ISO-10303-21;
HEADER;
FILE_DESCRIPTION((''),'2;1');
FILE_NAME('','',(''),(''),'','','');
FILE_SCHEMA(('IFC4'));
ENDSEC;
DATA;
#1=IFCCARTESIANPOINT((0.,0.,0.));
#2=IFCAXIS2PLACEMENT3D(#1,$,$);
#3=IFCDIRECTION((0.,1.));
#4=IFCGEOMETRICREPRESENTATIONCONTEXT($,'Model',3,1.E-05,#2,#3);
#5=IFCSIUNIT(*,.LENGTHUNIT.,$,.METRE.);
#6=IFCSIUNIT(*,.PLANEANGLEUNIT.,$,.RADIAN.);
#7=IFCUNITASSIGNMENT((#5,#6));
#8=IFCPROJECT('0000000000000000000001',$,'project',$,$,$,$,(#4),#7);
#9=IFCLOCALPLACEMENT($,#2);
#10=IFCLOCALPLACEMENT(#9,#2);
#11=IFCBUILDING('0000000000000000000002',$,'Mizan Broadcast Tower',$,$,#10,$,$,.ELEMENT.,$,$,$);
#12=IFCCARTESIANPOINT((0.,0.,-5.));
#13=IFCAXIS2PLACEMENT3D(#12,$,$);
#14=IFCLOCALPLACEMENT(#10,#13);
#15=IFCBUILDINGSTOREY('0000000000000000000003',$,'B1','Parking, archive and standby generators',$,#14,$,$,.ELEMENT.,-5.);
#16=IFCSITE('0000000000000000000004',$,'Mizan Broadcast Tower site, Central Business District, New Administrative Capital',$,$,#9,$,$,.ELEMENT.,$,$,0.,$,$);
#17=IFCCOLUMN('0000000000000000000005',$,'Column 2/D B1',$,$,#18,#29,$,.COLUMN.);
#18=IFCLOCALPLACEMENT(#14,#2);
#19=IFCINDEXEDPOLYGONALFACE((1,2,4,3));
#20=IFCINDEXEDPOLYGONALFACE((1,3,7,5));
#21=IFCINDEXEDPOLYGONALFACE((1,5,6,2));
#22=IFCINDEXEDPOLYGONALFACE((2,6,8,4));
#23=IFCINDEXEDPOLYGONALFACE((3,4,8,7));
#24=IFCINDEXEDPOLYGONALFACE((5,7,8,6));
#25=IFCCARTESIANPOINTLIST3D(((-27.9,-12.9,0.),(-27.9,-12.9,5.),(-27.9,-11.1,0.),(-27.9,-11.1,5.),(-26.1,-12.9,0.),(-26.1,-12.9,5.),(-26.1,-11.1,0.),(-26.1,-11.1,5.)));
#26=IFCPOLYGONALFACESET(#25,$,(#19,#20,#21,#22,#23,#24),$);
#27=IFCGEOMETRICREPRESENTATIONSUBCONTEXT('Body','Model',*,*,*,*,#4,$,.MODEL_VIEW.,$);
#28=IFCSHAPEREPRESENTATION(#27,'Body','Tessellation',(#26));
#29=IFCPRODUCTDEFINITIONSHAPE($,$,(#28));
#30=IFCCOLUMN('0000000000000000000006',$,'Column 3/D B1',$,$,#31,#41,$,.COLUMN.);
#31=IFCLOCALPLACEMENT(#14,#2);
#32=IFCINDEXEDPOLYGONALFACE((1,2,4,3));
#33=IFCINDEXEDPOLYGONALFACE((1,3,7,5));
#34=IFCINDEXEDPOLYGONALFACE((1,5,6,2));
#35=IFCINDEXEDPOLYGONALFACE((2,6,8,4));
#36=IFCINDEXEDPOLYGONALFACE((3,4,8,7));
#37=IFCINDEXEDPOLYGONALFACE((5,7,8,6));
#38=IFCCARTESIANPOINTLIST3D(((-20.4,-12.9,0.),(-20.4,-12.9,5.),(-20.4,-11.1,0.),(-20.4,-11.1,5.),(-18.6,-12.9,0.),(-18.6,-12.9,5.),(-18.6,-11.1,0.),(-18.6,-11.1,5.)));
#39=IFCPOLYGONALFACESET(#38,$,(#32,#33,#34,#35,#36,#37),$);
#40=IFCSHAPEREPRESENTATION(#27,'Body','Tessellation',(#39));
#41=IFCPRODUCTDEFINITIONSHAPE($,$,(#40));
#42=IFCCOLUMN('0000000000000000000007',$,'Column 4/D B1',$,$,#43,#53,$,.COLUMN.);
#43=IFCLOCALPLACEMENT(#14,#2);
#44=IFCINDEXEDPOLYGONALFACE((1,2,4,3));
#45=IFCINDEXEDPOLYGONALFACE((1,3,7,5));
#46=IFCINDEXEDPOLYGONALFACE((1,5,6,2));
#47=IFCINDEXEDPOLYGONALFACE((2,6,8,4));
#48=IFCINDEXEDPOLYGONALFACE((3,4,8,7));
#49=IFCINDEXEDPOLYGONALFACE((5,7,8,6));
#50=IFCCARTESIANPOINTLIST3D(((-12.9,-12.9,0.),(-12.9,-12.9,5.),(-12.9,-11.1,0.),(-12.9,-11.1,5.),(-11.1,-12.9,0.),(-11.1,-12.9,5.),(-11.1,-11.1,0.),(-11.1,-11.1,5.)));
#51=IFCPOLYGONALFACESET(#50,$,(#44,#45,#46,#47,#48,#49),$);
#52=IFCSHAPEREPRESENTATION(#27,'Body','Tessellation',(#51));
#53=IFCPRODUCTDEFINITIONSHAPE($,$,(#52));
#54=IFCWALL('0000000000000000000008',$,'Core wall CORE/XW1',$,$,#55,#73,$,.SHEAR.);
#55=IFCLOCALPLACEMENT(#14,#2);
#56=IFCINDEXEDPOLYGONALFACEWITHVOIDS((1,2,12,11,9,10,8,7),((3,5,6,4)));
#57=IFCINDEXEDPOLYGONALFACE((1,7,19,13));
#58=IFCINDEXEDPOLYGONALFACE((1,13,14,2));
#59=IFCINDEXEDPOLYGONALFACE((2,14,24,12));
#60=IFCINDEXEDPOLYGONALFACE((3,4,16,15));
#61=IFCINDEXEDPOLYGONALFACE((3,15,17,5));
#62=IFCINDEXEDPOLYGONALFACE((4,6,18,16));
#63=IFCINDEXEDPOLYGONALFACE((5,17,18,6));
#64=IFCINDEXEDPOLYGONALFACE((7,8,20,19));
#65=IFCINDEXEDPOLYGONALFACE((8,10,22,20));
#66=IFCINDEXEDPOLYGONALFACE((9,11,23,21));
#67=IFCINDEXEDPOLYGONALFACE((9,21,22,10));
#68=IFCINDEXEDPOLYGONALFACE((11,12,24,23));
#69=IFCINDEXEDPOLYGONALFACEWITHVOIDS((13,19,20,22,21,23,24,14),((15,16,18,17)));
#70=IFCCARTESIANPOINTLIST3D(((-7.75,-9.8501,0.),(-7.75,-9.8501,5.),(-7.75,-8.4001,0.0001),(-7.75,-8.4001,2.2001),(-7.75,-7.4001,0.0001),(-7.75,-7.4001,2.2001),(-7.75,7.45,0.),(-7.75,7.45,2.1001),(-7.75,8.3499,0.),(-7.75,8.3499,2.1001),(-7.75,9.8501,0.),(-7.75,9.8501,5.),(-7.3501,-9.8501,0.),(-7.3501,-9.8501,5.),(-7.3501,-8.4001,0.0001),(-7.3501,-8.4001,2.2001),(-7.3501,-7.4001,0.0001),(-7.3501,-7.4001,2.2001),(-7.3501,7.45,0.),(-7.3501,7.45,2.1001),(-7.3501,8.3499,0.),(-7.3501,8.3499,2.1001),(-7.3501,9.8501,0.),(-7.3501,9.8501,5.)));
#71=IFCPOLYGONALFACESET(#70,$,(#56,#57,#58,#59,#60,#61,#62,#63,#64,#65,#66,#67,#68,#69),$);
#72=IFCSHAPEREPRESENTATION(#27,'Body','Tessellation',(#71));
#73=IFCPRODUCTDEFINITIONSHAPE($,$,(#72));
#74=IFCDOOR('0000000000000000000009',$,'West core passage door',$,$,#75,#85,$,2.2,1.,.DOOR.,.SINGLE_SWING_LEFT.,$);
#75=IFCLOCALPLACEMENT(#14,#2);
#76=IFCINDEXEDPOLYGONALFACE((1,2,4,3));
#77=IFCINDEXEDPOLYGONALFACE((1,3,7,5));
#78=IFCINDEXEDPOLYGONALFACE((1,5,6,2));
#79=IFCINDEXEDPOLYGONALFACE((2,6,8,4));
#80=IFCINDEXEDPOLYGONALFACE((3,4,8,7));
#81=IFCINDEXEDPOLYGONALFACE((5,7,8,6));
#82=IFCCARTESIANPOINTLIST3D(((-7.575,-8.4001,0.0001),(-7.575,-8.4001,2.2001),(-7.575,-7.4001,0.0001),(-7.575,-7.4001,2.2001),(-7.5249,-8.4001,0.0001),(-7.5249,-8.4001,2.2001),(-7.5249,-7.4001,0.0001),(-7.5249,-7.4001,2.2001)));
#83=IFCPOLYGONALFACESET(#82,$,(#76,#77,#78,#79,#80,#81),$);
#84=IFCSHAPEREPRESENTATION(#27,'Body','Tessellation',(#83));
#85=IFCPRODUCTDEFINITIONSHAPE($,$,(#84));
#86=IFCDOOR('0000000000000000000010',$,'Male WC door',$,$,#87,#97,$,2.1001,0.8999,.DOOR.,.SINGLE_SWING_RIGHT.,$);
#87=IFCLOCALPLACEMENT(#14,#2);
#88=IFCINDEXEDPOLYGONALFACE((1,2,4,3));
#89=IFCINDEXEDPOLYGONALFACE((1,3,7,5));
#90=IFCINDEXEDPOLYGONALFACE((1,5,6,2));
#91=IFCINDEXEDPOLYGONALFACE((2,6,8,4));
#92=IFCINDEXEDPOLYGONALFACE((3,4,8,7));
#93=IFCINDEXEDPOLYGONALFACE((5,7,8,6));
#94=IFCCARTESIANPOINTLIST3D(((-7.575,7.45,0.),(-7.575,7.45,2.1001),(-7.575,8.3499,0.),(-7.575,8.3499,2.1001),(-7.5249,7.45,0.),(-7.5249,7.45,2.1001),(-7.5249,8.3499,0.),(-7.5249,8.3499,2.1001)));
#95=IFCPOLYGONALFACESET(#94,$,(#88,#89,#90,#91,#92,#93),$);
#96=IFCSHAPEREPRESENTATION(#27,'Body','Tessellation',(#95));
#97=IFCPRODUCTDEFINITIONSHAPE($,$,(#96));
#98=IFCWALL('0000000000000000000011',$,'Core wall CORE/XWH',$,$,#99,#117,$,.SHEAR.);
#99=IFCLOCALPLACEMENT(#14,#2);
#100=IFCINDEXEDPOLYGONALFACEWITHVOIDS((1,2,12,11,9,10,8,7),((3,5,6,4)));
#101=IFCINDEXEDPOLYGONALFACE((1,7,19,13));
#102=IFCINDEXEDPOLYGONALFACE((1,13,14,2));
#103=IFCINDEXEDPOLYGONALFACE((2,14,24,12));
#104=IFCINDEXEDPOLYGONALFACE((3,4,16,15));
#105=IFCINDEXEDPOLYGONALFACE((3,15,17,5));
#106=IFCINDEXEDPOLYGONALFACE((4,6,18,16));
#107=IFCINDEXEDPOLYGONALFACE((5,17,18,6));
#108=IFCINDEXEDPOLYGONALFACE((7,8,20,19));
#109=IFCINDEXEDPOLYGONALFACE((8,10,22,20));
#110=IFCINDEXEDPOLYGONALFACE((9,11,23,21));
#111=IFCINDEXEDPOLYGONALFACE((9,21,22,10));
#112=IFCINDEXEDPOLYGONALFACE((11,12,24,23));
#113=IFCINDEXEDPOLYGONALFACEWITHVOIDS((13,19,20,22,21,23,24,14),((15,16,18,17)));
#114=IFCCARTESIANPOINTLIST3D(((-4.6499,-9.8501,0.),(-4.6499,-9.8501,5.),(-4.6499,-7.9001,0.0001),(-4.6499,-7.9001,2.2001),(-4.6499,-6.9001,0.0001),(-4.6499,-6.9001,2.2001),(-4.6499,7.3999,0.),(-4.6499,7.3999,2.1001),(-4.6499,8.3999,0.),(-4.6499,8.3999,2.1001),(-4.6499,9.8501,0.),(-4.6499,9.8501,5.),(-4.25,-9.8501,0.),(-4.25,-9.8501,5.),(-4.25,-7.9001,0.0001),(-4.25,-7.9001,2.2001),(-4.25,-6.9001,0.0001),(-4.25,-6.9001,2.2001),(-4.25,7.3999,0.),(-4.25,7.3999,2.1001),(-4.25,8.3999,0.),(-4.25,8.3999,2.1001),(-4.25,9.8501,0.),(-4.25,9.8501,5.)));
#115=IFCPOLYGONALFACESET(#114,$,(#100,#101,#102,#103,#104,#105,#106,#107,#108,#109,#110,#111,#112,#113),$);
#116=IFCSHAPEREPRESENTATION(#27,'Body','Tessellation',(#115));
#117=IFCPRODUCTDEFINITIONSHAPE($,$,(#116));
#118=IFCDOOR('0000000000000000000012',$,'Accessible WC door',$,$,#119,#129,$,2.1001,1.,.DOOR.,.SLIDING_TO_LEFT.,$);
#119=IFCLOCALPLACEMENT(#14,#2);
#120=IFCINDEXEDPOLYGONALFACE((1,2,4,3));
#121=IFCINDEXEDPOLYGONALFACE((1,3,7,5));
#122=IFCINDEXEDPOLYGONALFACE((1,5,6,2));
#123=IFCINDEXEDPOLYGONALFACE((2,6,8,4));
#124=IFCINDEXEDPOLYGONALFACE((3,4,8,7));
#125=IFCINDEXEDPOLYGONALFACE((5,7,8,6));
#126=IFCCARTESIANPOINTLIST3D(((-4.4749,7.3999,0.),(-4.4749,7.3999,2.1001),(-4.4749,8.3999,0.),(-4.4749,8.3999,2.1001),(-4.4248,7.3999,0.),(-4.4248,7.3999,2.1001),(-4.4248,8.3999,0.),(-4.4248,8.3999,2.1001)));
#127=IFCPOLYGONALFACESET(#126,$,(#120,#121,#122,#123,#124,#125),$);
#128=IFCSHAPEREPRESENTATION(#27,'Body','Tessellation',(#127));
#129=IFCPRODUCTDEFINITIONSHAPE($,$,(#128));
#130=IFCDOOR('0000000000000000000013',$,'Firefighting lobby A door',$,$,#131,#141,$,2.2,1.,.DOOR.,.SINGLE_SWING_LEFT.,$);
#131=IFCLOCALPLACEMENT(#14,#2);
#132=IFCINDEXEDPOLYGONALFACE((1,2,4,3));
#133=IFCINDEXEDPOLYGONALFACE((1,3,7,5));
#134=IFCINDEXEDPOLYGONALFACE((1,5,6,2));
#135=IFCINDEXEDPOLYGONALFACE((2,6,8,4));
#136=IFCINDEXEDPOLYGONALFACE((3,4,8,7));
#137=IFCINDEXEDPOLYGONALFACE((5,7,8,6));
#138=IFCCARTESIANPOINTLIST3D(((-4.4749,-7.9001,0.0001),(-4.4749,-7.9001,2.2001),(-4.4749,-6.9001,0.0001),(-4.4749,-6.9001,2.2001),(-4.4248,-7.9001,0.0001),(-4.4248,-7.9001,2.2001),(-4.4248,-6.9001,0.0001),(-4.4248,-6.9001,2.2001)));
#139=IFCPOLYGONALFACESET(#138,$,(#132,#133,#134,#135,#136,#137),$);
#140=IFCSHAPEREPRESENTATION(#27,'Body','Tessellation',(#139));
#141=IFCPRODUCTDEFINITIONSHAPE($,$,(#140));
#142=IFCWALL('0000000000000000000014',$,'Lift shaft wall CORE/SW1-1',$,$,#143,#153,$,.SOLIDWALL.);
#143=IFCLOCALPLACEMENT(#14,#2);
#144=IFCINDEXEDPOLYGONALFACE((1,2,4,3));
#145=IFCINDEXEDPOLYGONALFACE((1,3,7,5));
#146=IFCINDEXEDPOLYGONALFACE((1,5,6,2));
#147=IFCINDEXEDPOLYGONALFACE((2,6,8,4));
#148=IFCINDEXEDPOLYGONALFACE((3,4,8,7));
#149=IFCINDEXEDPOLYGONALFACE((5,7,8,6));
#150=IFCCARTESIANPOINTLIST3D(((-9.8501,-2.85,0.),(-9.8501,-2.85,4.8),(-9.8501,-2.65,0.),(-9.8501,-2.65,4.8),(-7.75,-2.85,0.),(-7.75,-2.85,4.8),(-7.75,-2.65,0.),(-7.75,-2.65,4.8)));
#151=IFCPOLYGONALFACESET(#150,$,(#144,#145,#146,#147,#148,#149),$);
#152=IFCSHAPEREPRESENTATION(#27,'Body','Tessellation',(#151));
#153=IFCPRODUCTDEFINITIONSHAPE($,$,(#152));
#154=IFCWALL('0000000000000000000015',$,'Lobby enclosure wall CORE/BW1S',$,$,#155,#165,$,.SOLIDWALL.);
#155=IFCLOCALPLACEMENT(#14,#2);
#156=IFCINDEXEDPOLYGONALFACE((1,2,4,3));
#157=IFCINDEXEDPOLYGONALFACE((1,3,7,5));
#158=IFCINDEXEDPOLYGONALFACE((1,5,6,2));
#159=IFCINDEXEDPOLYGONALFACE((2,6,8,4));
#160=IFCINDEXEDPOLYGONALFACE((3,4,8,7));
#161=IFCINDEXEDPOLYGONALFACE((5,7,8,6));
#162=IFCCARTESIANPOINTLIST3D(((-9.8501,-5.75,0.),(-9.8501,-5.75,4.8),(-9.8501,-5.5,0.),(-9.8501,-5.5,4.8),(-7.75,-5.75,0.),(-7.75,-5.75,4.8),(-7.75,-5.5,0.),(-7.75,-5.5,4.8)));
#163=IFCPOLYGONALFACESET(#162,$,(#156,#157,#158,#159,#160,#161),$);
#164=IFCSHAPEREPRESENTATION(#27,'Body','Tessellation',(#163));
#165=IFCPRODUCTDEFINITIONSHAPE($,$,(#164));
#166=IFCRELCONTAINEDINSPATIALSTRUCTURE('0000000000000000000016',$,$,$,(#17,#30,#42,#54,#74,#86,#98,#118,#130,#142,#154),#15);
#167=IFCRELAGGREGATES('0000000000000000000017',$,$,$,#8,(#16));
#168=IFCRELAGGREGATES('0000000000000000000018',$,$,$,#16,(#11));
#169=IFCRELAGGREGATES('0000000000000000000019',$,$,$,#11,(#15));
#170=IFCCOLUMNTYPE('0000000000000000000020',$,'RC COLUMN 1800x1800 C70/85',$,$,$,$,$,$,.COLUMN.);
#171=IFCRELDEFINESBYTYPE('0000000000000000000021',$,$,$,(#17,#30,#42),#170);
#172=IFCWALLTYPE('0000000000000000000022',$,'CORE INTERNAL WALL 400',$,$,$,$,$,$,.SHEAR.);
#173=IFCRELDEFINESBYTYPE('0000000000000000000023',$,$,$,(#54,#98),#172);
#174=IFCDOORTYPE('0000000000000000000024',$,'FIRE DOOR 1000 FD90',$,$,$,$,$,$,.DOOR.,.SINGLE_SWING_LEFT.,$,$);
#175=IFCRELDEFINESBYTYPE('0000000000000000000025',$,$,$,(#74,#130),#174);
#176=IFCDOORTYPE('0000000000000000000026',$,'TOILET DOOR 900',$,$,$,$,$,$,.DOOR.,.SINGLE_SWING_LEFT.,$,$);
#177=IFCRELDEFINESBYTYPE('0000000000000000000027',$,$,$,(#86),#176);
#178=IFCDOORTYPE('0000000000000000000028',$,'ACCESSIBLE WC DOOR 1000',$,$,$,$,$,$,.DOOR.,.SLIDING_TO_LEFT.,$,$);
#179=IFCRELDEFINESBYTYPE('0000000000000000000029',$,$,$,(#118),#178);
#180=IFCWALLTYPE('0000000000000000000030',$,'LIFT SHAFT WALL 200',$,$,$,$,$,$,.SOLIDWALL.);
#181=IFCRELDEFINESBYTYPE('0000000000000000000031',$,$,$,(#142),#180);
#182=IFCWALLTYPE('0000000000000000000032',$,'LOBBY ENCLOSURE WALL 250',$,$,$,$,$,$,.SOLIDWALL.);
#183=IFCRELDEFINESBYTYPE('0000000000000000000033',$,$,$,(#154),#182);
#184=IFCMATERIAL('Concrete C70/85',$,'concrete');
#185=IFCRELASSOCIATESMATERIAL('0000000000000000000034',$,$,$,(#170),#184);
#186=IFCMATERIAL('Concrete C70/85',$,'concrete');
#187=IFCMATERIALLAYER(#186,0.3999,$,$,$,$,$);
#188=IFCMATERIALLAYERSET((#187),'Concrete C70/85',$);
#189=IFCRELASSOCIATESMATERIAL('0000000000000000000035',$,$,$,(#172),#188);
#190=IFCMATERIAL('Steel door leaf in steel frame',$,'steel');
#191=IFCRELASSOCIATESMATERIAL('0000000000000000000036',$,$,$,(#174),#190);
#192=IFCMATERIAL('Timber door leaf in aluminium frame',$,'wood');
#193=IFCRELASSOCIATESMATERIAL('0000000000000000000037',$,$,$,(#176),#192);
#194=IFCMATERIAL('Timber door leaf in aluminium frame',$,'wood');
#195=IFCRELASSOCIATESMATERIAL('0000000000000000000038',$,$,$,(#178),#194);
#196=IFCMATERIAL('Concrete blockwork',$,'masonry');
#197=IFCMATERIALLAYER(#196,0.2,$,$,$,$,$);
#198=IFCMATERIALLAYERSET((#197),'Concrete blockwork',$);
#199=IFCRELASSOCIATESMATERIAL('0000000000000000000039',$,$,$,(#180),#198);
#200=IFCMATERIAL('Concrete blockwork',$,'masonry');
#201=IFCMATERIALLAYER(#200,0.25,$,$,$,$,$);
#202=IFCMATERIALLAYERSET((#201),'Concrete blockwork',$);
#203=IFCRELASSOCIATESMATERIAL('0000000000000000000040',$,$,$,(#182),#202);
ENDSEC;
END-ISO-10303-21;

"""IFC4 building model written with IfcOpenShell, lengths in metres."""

from ifc_helpers import new_model, si_unit, direction, frame, frame_2d, origin, origin_2d, place, context, subcontext, project, spatial, rectangle, extrude, material, layer, layer_set, material_profile, profile_set, type_object, element, fill, save


model = new_model("IFC4")

# Units and contexts
model_context = context("Model", 3, precision=1e-05, world=origin(), true_north=direction((0.0, 1.0)))
body_context = subcontext(model_context, "Body", "Model", "MODEL_VIEW")
ifc_project = project(units=[si_unit("LENGTHUNIT", "METRE"), si_unit("PLANEANGLEUNIT", "RADIAN")], contexts=[model_context])

# Site, building, storey
site_placement = place(None, origin())
site = spatial("IfcSite", under=ifc_project, at=site_placement, Name="Mizan Broadcast Tower site, Central Business District, New Administrative Capital", CompositionType="ELEMENT", RefElevation=0.0)
building_placement = place(site_placement, origin())
building = spatial("IfcBuilding", under=site, at=building_placement, Name="Mizan Broadcast Tower", CompositionType="ELEMENT")
storey_placement = place(building_placement, frame((0.0, 0.0, -5.0)))
storey = spatial("IfcBuildingStorey", under=building, at=storey_placement, Name="B1", Description="Parking, archive and standby generators", CompositionType="ELEMENT", Elevation=-5.0)

# Columns
ifc_material_1 = material(Name="Concrete C70/85", Category="concrete")
ifc_material_profile = material_profile(ifc_material_1, rectangle(XDim=1.8, YDim=1.8, at=origin_2d()), Name="RC 1800x1800")
ifc_profile_set = profile_set([ifc_material_profile], Name="Concrete C70/85")
column_type = type_object("IfcColumnType", Name="RC COLUMN 1800x1800 C70/85", PredefinedType="COLUMN", material=ifc_profile_set)
for number, where, z_axis, x_axis, name in (
    (1, (-27.0, -12.0, 0.0), (0.0, 0.0, 1.0), (1.0, 0.0, 0.0), "Column 2/D B1"),
    (2, (-19.5, -12.0, 0.0), (0.0, 0.0, 1.0), (1.0, 0.0, 0.0), "Column 3/D B1"),
    (3, (-12.0, -12.0, 0.0), (0.0, 0.0, 1.0), (1.0, 0.0, 0.0), "Column 4/D B1"),
):
    element("IfcColumn", number, at=place(storey_placement, frame(where, z_axis=z_axis, x_axis=x_axis)), inside=storey, type_object=column_type, Name=name, PredefinedType="COLUMN", context=body_context, shape_type="SweptSolid", body=[
        extrude(rectangle(XDim=1.8, YDim=1.8, at=origin_2d()), origin(), (0.0, 0.0, 1.0), 5.0),
    ])

# Walls, openings, doors
ifc_material_2 = material(Name="Concrete C70/85", Category="concrete")
ifc_layer_1 = layer(ifc_material_2, 0.3999)
ifc_layer_set_1 = layer_set([ifc_layer_1], Name="Concrete C70/85")
wall_type_1 = type_object("IfcWallType", Name="CORE INTERNAL WALL 400", PredefinedType="SHEAR", material=ifc_layer_set_1)
wall_1_placement = place(storey_placement, frame((-7.55, -9.8501, 0.0), z_axis=(0.0, 0.0, 1.0), x_axis=(0.0, 1.0, 0.0)))
wall_1 = element("IfcWall", 4, at=wall_1_placement, inside=storey, type_object=wall_type_1, Name="Core wall CORE/XW1", PredefinedType="SHEAR", context=body_context, shape_type="SweptSolid", body=[
    extrude(rectangle(XDim=19.7002, YDim=0.3999, at=frame_2d((9.8501, 0.0))), origin(), (0.0, 0.0, 1.0), 5.0),
])
opening_1_placement = place(wall_1_placement, frame((1.45, 0.0, 0.0)))
opening_1 = element("IfcOpeningElement", 5, at=opening_1_placement, cuts=wall_1, PredefinedType="OPENING", context=body_context, shape_type="SweptSolid", body=[
    extrude(rectangle(XDim=1.0, YDim=2.2, at=frame_2d((0.5, 1.1001))), frame((0.0, 0.21, 0.0), z_axis=(0.0, -1.0, 0.0), x_axis=(1.0, 0.0, 0.0)), (0.0, 0.0, 1.0), 0.4199),
])
opening_2_placement = place(wall_1_placement, frame((17.3, 0.0, 0.0)))
opening_2 = element("IfcOpeningElement", 6, at=opening_2_placement, cuts=wall_1, PredefinedType="OPENING", context=body_context, shape_type="SweptSolid", body=[
    extrude(rectangle(XDim=0.8999, YDim=2.1001, at=frame_2d((0.45, 1.05))), frame((0.0, 0.21, 0.0), z_axis=(0.0, -1.0, 0.0), x_axis=(1.0, 0.0, 0.0)), (0.0, 0.0, 1.0), 0.4199),
])
ifc_material_3 = material(Name="Steel door leaf in steel frame", Category="steel")
door_type_1 = type_object("IfcDoorType", Name="FIRE DOOR 1000 FD90", OperationType="SINGLE_SWING_LEFT", PredefinedType="DOOR", material=ifc_material_3)
door_1_placement = place(opening_1_placement, origin())
door_1 = element("IfcDoor", 7, at=door_1_placement, inside=storey, type_object=door_type_1, Name="West core passage door", OperationType="SINGLE_SWING_LEFT", OverallHeight=2.2, OverallWidth=1.0, PredefinedType="DOOR", context=body_context, shape_type="SweptSolid", body=[
    extrude(rectangle(XDim=1.0, YDim=2.2, at=frame_2d((0.5, 1.1001))), frame((0.0, 0.0249, 0.0), z_axis=(0.0, -1.0, 0.0), x_axis=(1.0, 0.0, 0.0)), (0.0, 0.0, 1.0), 0.05),
])
fill(opening_1, door_1)
ifc_material_4 = material(Name="Timber door leaf in aluminium frame", Category="wood")
door_type_2 = type_object("IfcDoorType", Name="TOILET DOOR 900", OperationType="SINGLE_SWING_LEFT", PredefinedType="DOOR", material=ifc_material_4)
door_2_placement = place(opening_2_placement, origin())
door_2 = element("IfcDoor", 8, at=door_2_placement, inside=storey, type_object=door_type_2, Name="Male WC door", OperationType="SINGLE_SWING_RIGHT", OverallHeight=2.1001, OverallWidth=0.8999, PredefinedType="DOOR", context=body_context, shape_type="SweptSolid", body=[
    extrude(rectangle(XDim=0.8999, YDim=2.1001, at=frame_2d((0.45, 1.05))), frame((0.0, 0.0249, 0.0), z_axis=(0.0, -1.0, 0.0), x_axis=(1.0, 0.0, 0.0)), (0.0, 0.0, 1.0), 0.05),
])
fill(opening_2, door_2)
wall_2_placement = place(storey_placement, frame((-4.45, -9.8501, 0.0), z_axis=(0.0, 0.0, 1.0), x_axis=(0.0, 1.0, 0.0)))
wall_2 = element("IfcWall", 9, at=wall_2_placement, inside=storey, type_object=wall_type_1, Name="Core wall CORE/XWH", PredefinedType="SHEAR", context=body_context, shape_type="SweptSolid", body=[
    extrude(rectangle(XDim=19.7002, YDim=0.3999, at=frame_2d((9.8501, 0.0))), origin(), (0.0, 0.0, 1.0), 5.0),
])
opening_3_placement = place(wall_2_placement, frame((1.95, 0.0, 0.0)))
opening_3 = element("IfcOpeningElement", 10, at=opening_3_placement, cuts=wall_2, PredefinedType="OPENING", context=body_context, shape_type="SweptSolid", body=[
    extrude(rectangle(XDim=1.0, YDim=2.2, at=frame_2d((0.5, 1.1001))), frame((0.0, 0.21, 0.0), z_axis=(0.0, -1.0, 0.0), x_axis=(1.0, 0.0, 0.0)), (0.0, 0.0, 1.0), 0.4199),
])
opening_4_placement = place(wall_2_placement, frame((17.25, 0.0, 0.0)))
opening_4 = element("IfcOpeningElement", 11, at=opening_4_placement, cuts=wall_2, PredefinedType="OPENING", context=body_context, shape_type="SweptSolid", body=[
    extrude(rectangle(XDim=1.0, YDim=2.1001, at=frame_2d((0.5, 1.05))), frame((0.0, 0.21, 0.0), z_axis=(0.0, -1.0, 0.0), x_axis=(1.0, 0.0, 0.0)), (0.0, 0.0, 1.0), 0.4199),
])
ifc_material_5 = material(Name="Timber door leaf in aluminium frame", Category="wood")
door_type_3 = type_object("IfcDoorType", Name="ACCESSIBLE WC DOOR 1000", OperationType="SLIDING_TO_LEFT", PredefinedType="DOOR", material=ifc_material_5)
door_3_placement = place(opening_4_placement, origin())
door_3 = element("IfcDoor", 12, at=door_3_placement, inside=storey, type_object=door_type_3, Name="Accessible WC door", OperationType="SLIDING_TO_LEFT", OverallHeight=2.1001, OverallWidth=1.0, PredefinedType="DOOR", context=body_context, shape_type="SweptSolid", body=[
    extrude(rectangle(XDim=1.0, YDim=2.1001, at=frame_2d((0.5, 1.05))), frame((0.0, 0.0249, 0.0), z_axis=(0.0, -1.0, 0.0), x_axis=(1.0, 0.0, 0.0)), (0.0, 0.0, 1.0), 0.05),
])
fill(opening_4, door_3)
door_4_placement = place(opening_3_placement, origin())
door_4 = element("IfcDoor", 13, at=door_4_placement, inside=storey, type_object=door_type_1, Name="Firefighting lobby A door", OperationType="SINGLE_SWING_LEFT", OverallHeight=2.2, OverallWidth=1.0, PredefinedType="DOOR", context=body_context, shape_type="SweptSolid", body=[
    extrude(rectangle(XDim=1.0, YDim=2.2, at=frame_2d((0.5, 1.1001))), frame((0.0, 0.0249, 0.0), z_axis=(0.0, -1.0, 0.0), x_axis=(1.0, 0.0, 0.0)), (0.0, 0.0, 1.0), 0.05),
])
fill(opening_3, door_4)

# Walls
ifc_material_6 = material(Name="Concrete blockwork", Category="masonry")
ifc_layer_2 = layer(ifc_material_6, 0.2)
ifc_layer_set_2 = layer_set([ifc_layer_2], Name="Concrete blockwork")
wall_type_2 = type_object("IfcWallType", Name="LIFT SHAFT WALL 200", PredefinedType="SOLIDWALL", material=ifc_layer_set_2)
wall_3_placement = place(storey_placement, frame((-9.8501, -2.75, 0.0), z_axis=(0.0, 0.0, 1.0), x_axis=(1.0, 0.0, 0.0)))
element("IfcWall", 14, at=wall_3_placement, inside=storey, type_object=wall_type_2, Name="Lift shaft wall CORE/SW1-1", PredefinedType="SOLIDWALL", context=body_context, shape_type="SweptSolid", body=[
    extrude(rectangle(XDim=2.1001, YDim=0.2, at=frame_2d((1.05, 0.0))), origin(), (0.0, 0.0, 1.0), 4.8),
])
ifc_material_7 = material(Name="Concrete blockwork", Category="masonry")
ifc_layer_3 = layer(ifc_material_7, 0.25)
ifc_layer_set_3 = layer_set([ifc_layer_3], Name="Concrete blockwork")
wall_type_3 = type_object("IfcWallType", Name="LOBBY ENCLOSURE WALL 250", PredefinedType="SOLIDWALL", material=ifc_layer_set_3)
wall_4_placement = place(storey_placement, frame((-9.8501, -5.625, 0.0), z_axis=(0.0, 0.0, 1.0), x_axis=(1.0, 0.0, 0.0)))
element("IfcWall", 15, at=wall_4_placement, inside=storey, type_object=wall_type_3, Name="Lobby enclosure wall CORE/BW1S", PredefinedType="SOLIDWALL", context=body_context, shape_type="SweptSolid", body=[
    extrude(rectangle(XDim=2.1001, YDim=0.25, at=frame_2d((1.05, 0.0))), origin(), (0.0, 0.0, 1.0), 4.8),
])

save(model, "model.ifc")
